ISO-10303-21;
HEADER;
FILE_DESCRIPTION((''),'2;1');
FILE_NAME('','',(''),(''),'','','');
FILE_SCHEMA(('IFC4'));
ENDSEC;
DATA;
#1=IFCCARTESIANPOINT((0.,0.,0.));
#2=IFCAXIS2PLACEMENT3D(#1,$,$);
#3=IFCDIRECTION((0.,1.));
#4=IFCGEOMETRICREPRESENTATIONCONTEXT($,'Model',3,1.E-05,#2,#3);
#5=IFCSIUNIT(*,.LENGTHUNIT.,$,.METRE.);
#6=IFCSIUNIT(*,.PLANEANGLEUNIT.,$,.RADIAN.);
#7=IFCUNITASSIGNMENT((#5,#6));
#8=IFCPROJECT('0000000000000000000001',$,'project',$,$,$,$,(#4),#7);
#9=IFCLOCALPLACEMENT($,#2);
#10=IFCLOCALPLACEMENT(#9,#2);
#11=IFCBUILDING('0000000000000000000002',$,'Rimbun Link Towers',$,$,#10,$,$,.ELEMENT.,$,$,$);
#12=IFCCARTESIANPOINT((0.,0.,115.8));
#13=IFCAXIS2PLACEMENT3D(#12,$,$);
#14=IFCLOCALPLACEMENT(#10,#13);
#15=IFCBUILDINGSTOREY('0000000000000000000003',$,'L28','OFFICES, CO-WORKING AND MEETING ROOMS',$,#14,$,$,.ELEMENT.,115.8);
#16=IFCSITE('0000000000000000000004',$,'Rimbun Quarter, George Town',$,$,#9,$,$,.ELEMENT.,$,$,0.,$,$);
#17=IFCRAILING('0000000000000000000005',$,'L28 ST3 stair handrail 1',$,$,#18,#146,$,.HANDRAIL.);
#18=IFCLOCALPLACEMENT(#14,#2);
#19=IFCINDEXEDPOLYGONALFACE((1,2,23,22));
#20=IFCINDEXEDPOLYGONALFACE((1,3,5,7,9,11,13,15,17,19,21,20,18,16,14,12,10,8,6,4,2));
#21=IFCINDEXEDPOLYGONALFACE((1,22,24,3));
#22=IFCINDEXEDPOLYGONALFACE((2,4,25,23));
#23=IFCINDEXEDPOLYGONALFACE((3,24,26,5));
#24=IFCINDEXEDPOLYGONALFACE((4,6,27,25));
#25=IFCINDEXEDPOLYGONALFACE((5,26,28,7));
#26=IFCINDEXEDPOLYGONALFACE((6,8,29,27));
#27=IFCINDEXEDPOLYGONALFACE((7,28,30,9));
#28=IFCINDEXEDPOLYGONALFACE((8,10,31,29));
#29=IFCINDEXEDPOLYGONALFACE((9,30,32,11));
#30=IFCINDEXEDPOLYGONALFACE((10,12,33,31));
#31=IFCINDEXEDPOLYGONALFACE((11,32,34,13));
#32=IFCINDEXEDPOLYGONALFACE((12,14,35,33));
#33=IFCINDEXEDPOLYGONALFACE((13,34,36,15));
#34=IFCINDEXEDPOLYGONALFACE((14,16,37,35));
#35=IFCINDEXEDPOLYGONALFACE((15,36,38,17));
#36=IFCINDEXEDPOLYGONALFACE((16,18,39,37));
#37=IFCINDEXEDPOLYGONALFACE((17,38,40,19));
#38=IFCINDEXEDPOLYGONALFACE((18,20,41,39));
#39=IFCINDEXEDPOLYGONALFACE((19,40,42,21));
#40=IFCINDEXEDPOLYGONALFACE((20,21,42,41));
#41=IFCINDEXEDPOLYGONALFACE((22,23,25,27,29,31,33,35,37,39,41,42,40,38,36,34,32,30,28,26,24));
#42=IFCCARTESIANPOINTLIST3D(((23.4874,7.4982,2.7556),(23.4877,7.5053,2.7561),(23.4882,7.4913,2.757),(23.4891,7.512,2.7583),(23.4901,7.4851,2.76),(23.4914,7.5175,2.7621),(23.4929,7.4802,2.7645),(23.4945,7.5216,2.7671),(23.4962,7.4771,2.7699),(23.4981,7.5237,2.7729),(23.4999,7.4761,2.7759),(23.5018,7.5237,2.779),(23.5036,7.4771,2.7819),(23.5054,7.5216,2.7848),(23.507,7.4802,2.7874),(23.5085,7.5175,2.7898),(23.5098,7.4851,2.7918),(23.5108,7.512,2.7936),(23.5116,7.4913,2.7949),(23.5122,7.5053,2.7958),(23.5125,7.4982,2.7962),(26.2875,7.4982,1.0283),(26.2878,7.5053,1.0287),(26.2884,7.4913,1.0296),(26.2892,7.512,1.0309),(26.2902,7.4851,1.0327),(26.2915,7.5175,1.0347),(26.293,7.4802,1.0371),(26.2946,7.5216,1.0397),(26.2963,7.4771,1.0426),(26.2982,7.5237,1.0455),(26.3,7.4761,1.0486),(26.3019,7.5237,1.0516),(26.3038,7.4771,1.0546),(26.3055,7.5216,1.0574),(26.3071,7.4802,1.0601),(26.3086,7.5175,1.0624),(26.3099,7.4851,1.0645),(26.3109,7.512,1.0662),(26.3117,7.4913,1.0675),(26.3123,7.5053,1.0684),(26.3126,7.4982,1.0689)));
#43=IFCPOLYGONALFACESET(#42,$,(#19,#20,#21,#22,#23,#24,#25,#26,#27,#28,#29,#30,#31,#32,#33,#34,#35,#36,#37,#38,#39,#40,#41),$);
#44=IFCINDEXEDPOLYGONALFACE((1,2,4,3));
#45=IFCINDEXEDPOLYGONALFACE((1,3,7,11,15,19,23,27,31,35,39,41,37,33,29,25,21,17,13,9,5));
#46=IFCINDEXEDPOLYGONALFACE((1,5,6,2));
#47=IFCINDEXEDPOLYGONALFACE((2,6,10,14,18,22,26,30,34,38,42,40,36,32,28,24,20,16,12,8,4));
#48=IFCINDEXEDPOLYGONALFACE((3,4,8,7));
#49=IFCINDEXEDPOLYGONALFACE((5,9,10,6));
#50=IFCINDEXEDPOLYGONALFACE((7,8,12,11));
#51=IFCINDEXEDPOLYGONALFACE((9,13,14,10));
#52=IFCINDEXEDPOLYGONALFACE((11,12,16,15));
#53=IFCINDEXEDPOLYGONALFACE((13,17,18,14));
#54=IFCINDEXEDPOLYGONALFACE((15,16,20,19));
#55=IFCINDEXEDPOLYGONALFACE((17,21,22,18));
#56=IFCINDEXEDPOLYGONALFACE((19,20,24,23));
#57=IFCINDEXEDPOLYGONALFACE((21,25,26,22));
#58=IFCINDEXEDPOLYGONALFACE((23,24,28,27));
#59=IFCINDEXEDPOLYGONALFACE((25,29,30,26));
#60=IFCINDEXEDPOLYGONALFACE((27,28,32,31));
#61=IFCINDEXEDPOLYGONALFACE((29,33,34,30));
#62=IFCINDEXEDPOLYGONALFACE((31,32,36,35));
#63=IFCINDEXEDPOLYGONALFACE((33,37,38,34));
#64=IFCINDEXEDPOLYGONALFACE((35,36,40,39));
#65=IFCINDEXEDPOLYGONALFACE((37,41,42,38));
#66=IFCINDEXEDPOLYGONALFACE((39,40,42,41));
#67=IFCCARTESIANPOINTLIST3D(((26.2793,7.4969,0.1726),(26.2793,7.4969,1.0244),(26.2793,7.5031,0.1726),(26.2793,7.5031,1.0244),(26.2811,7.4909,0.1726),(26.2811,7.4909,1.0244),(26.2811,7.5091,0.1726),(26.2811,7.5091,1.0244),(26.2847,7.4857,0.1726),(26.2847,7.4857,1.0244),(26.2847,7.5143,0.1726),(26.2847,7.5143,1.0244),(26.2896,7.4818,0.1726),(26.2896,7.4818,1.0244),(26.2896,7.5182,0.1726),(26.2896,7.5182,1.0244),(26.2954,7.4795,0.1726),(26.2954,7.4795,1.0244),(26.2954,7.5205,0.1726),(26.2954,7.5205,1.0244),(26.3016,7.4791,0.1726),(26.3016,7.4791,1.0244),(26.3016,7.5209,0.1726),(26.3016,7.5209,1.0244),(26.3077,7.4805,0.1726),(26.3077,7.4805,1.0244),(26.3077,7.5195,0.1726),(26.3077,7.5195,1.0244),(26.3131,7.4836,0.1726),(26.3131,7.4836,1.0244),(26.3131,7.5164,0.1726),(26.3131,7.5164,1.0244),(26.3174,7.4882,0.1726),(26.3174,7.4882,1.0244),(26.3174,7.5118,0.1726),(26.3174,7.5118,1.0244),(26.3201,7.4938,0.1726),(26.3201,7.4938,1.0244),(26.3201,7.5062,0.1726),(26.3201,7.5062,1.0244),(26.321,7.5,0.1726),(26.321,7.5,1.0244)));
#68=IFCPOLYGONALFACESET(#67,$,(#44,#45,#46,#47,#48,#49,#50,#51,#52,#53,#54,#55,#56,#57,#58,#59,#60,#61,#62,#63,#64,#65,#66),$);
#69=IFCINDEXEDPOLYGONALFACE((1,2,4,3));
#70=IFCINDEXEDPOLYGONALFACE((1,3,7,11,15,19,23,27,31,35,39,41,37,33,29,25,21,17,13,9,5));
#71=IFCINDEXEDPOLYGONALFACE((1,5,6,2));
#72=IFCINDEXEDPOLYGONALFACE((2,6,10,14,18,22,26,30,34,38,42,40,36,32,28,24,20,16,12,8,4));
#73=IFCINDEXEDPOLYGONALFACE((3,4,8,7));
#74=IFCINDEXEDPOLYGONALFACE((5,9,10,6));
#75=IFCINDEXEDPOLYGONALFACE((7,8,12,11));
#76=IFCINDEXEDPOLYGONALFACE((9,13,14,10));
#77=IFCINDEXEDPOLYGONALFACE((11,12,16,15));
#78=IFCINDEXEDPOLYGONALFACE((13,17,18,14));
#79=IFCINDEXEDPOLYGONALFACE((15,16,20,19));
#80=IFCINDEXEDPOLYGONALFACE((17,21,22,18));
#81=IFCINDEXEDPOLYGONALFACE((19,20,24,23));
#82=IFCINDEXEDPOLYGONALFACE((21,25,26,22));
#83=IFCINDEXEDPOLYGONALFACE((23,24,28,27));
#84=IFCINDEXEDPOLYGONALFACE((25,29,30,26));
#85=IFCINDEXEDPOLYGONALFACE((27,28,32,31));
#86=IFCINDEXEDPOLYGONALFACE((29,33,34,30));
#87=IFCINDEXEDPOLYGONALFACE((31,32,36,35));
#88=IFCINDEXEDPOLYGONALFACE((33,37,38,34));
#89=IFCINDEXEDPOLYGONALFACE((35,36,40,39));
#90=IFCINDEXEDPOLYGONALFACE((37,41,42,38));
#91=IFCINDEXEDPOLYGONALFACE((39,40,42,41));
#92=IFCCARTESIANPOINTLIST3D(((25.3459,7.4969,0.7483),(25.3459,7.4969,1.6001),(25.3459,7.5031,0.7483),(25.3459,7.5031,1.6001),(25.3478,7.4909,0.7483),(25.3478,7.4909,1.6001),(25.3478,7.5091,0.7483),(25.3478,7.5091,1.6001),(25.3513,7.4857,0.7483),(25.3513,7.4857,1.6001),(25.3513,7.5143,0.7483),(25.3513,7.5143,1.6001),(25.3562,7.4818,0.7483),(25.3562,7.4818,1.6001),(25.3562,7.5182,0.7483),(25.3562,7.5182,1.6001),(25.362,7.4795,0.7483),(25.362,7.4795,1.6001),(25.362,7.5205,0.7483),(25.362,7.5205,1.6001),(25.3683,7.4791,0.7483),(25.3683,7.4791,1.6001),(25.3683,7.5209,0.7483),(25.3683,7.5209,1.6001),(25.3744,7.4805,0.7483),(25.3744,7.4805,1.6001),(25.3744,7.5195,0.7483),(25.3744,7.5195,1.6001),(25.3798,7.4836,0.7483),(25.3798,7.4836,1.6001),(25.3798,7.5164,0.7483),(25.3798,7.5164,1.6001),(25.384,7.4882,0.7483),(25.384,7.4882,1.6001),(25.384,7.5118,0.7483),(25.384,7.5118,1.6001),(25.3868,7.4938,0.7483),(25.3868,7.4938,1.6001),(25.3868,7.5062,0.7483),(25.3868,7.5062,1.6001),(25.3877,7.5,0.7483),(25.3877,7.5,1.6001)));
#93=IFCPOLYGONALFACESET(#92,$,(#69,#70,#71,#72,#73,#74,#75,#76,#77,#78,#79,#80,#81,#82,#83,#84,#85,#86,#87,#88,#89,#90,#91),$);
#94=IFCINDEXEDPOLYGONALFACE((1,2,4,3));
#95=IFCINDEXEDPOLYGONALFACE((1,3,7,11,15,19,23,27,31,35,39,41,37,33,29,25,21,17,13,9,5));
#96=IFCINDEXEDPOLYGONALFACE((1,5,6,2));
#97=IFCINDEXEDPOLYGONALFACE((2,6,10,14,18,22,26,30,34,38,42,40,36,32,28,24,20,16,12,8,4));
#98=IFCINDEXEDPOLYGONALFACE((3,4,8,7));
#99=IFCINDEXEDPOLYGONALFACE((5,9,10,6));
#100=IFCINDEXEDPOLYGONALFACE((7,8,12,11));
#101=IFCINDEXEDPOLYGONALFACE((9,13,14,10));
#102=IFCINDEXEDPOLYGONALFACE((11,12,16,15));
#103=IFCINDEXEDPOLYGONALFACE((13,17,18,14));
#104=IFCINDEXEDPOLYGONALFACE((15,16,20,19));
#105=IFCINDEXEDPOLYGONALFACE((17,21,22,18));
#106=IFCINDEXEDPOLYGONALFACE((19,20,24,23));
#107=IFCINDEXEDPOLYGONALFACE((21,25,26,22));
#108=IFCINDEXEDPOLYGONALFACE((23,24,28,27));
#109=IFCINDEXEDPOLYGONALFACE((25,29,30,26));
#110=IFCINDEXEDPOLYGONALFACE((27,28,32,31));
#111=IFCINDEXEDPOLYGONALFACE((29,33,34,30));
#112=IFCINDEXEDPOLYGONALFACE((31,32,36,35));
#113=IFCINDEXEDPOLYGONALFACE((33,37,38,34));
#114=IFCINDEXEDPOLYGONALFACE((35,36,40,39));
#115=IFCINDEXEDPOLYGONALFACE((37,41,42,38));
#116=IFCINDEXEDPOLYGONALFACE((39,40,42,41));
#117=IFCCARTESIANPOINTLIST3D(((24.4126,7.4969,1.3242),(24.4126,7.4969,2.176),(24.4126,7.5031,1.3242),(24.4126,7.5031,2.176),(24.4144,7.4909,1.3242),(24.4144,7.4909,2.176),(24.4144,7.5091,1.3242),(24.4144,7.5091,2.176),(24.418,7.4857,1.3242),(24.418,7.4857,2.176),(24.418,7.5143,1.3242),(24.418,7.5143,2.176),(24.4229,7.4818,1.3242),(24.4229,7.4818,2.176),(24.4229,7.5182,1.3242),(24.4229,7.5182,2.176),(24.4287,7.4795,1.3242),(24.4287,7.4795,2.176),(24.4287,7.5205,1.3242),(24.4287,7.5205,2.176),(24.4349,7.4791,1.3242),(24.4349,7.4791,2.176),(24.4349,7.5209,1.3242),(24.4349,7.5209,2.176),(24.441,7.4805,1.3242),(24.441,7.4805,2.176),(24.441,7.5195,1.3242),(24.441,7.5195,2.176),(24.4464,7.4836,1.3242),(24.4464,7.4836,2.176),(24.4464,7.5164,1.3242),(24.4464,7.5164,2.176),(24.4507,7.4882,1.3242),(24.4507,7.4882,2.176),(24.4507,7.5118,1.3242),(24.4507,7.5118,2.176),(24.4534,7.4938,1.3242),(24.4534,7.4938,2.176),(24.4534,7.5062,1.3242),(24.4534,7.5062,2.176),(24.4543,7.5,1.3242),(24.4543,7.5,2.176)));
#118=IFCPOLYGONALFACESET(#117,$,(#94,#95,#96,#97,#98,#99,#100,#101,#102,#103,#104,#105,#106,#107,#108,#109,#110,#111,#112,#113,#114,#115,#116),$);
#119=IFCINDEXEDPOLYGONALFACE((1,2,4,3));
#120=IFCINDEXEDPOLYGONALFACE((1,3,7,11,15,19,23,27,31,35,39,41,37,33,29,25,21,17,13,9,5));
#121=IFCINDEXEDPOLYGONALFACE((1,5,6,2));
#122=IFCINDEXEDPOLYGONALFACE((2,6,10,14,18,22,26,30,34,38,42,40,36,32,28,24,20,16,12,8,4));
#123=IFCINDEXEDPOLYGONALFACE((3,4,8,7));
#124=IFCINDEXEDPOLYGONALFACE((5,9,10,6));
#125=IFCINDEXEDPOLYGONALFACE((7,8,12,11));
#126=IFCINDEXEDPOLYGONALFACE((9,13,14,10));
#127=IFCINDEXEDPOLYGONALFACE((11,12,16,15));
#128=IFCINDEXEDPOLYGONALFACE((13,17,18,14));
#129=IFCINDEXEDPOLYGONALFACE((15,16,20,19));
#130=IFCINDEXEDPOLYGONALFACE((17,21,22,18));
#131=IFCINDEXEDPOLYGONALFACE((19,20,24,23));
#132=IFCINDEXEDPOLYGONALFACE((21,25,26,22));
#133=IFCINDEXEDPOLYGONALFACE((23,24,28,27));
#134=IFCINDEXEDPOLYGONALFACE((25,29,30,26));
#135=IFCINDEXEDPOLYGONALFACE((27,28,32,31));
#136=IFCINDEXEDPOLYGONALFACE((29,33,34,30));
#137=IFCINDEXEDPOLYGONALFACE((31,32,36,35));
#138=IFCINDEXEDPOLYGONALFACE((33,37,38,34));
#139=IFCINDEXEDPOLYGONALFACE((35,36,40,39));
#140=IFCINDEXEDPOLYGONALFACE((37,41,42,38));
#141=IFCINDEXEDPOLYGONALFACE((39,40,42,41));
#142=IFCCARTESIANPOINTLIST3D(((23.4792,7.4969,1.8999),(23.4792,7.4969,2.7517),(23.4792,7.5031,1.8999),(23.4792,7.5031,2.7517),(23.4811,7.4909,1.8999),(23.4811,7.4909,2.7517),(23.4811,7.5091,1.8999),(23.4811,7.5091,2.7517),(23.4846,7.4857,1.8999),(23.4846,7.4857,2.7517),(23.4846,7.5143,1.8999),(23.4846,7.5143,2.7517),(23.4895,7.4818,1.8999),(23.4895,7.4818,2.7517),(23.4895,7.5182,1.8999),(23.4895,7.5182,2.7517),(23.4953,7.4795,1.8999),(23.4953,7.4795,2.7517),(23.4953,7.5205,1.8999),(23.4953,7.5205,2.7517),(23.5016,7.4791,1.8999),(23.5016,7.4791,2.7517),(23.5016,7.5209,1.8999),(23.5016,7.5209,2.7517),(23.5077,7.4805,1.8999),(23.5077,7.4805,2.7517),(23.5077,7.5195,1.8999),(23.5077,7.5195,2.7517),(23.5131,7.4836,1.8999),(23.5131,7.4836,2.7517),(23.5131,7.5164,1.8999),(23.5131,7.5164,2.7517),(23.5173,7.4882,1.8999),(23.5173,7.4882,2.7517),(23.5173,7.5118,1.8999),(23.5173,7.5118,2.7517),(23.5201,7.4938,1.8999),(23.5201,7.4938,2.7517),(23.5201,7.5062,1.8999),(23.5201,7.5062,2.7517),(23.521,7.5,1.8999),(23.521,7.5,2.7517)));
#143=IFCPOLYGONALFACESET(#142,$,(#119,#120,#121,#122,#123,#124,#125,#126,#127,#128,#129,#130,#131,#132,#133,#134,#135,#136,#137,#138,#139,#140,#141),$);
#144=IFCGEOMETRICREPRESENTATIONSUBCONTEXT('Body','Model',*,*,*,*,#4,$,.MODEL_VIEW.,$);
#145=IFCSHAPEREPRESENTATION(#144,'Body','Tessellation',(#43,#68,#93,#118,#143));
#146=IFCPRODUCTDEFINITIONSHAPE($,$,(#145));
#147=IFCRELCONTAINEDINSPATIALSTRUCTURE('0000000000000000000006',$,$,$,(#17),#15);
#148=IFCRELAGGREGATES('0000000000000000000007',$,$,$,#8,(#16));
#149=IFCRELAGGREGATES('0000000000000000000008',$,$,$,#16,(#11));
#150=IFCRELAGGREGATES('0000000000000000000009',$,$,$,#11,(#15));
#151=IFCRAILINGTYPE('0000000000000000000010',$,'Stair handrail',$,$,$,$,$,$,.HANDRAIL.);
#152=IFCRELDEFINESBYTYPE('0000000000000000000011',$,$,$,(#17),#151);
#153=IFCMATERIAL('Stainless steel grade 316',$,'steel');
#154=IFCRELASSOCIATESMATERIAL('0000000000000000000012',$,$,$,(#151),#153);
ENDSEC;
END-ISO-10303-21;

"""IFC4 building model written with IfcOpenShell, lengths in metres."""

from ifc_helpers import new_model, si_unit, direction, frame, origin, origin_2d, place, context, subcontext, project, spatial, circle, extrude, material, type_object, element, save


model = new_model("IFC4")

# Units and contexts
model_context = context("Model", 3, precision=1e-05, world=origin(), true_north=direction((0.0, 1.0)))
body_context = subcontext(model_context, "Body", "Model", "MODEL_VIEW")
ifc_project = project(units=[si_unit("LENGTHUNIT", "METRE"), si_unit("PLANEANGLEUNIT", "RADIAN")], contexts=[model_context])

# Site, building, storey
site_placement = place(None, origin())
site = spatial("IfcSite", under=ifc_project, at=site_placement, Name="Rimbun Quarter, George Town", CompositionType="ELEMENT", RefElevation=0.0)
building_placement = place(site_placement, origin())
building = spatial("IfcBuilding", under=site, at=building_placement, Name="Rimbun Link Towers", CompositionType="ELEMENT")
storey_placement = place(building_placement, frame((0.0, 0.0, 115.8)))
storey = spatial("IfcBuildingStorey", under=building, at=storey_placement, Name="L28", Description="OFFICES, CO-WORKING AND MEETING ROOMS", CompositionType="ELEMENT", Elevation=115.8)

# Railing
ifc_material_1 = material(Name="Stainless steel grade 316", Category="steel")
railing_type_1 = type_object("IfcRailingType", Name="Stair handrail", PredefinedType="HANDRAIL", material=ifc_material_1)
railing_1_placement = place(storey_placement, frame((26.3, 7.5, 0.1726)))
element("IfcRailing", 1, at=railing_1_placement, inside=storey, type_object=railing_type_1, Name="L28 ST3 stair handrail 1", PredefinedType="HANDRAIL", context=body_context, shape_type="SweptSolid", body=[
    extrude(circle(Radius=0.0239, at=origin_2d()), frame((0.0, 0.0, 0.876), z_axis=(-0.85109, 0.0, 0.52502), x_axis=(0.0, -1.0, 0.0)), (0.0, 0.0, 1.0), 3.29),
    extrude(circle(Radius=0.021, at=origin_2d()), origin(), (0.0, 0.0, 1.0), 0.8518),
    extrude(circle(Radius=0.021, at=origin_2d()), frame((-0.9333, 0.0, 0.5757)), (0.0, 0.0, 1.0), 0.8518),
    extrude(circle(Radius=0.021, at=origin_2d()), frame((-1.8667, 0.0, 1.1516)), (0.0, 0.0, 1.0), 0.8518),
    extrude(circle(Radius=0.021, at=origin_2d()), frame((-2.8, 0.0, 1.7273)), (0.0, 0.0, 1.0), 0.8518),
])

save(model, "model.ifc")
